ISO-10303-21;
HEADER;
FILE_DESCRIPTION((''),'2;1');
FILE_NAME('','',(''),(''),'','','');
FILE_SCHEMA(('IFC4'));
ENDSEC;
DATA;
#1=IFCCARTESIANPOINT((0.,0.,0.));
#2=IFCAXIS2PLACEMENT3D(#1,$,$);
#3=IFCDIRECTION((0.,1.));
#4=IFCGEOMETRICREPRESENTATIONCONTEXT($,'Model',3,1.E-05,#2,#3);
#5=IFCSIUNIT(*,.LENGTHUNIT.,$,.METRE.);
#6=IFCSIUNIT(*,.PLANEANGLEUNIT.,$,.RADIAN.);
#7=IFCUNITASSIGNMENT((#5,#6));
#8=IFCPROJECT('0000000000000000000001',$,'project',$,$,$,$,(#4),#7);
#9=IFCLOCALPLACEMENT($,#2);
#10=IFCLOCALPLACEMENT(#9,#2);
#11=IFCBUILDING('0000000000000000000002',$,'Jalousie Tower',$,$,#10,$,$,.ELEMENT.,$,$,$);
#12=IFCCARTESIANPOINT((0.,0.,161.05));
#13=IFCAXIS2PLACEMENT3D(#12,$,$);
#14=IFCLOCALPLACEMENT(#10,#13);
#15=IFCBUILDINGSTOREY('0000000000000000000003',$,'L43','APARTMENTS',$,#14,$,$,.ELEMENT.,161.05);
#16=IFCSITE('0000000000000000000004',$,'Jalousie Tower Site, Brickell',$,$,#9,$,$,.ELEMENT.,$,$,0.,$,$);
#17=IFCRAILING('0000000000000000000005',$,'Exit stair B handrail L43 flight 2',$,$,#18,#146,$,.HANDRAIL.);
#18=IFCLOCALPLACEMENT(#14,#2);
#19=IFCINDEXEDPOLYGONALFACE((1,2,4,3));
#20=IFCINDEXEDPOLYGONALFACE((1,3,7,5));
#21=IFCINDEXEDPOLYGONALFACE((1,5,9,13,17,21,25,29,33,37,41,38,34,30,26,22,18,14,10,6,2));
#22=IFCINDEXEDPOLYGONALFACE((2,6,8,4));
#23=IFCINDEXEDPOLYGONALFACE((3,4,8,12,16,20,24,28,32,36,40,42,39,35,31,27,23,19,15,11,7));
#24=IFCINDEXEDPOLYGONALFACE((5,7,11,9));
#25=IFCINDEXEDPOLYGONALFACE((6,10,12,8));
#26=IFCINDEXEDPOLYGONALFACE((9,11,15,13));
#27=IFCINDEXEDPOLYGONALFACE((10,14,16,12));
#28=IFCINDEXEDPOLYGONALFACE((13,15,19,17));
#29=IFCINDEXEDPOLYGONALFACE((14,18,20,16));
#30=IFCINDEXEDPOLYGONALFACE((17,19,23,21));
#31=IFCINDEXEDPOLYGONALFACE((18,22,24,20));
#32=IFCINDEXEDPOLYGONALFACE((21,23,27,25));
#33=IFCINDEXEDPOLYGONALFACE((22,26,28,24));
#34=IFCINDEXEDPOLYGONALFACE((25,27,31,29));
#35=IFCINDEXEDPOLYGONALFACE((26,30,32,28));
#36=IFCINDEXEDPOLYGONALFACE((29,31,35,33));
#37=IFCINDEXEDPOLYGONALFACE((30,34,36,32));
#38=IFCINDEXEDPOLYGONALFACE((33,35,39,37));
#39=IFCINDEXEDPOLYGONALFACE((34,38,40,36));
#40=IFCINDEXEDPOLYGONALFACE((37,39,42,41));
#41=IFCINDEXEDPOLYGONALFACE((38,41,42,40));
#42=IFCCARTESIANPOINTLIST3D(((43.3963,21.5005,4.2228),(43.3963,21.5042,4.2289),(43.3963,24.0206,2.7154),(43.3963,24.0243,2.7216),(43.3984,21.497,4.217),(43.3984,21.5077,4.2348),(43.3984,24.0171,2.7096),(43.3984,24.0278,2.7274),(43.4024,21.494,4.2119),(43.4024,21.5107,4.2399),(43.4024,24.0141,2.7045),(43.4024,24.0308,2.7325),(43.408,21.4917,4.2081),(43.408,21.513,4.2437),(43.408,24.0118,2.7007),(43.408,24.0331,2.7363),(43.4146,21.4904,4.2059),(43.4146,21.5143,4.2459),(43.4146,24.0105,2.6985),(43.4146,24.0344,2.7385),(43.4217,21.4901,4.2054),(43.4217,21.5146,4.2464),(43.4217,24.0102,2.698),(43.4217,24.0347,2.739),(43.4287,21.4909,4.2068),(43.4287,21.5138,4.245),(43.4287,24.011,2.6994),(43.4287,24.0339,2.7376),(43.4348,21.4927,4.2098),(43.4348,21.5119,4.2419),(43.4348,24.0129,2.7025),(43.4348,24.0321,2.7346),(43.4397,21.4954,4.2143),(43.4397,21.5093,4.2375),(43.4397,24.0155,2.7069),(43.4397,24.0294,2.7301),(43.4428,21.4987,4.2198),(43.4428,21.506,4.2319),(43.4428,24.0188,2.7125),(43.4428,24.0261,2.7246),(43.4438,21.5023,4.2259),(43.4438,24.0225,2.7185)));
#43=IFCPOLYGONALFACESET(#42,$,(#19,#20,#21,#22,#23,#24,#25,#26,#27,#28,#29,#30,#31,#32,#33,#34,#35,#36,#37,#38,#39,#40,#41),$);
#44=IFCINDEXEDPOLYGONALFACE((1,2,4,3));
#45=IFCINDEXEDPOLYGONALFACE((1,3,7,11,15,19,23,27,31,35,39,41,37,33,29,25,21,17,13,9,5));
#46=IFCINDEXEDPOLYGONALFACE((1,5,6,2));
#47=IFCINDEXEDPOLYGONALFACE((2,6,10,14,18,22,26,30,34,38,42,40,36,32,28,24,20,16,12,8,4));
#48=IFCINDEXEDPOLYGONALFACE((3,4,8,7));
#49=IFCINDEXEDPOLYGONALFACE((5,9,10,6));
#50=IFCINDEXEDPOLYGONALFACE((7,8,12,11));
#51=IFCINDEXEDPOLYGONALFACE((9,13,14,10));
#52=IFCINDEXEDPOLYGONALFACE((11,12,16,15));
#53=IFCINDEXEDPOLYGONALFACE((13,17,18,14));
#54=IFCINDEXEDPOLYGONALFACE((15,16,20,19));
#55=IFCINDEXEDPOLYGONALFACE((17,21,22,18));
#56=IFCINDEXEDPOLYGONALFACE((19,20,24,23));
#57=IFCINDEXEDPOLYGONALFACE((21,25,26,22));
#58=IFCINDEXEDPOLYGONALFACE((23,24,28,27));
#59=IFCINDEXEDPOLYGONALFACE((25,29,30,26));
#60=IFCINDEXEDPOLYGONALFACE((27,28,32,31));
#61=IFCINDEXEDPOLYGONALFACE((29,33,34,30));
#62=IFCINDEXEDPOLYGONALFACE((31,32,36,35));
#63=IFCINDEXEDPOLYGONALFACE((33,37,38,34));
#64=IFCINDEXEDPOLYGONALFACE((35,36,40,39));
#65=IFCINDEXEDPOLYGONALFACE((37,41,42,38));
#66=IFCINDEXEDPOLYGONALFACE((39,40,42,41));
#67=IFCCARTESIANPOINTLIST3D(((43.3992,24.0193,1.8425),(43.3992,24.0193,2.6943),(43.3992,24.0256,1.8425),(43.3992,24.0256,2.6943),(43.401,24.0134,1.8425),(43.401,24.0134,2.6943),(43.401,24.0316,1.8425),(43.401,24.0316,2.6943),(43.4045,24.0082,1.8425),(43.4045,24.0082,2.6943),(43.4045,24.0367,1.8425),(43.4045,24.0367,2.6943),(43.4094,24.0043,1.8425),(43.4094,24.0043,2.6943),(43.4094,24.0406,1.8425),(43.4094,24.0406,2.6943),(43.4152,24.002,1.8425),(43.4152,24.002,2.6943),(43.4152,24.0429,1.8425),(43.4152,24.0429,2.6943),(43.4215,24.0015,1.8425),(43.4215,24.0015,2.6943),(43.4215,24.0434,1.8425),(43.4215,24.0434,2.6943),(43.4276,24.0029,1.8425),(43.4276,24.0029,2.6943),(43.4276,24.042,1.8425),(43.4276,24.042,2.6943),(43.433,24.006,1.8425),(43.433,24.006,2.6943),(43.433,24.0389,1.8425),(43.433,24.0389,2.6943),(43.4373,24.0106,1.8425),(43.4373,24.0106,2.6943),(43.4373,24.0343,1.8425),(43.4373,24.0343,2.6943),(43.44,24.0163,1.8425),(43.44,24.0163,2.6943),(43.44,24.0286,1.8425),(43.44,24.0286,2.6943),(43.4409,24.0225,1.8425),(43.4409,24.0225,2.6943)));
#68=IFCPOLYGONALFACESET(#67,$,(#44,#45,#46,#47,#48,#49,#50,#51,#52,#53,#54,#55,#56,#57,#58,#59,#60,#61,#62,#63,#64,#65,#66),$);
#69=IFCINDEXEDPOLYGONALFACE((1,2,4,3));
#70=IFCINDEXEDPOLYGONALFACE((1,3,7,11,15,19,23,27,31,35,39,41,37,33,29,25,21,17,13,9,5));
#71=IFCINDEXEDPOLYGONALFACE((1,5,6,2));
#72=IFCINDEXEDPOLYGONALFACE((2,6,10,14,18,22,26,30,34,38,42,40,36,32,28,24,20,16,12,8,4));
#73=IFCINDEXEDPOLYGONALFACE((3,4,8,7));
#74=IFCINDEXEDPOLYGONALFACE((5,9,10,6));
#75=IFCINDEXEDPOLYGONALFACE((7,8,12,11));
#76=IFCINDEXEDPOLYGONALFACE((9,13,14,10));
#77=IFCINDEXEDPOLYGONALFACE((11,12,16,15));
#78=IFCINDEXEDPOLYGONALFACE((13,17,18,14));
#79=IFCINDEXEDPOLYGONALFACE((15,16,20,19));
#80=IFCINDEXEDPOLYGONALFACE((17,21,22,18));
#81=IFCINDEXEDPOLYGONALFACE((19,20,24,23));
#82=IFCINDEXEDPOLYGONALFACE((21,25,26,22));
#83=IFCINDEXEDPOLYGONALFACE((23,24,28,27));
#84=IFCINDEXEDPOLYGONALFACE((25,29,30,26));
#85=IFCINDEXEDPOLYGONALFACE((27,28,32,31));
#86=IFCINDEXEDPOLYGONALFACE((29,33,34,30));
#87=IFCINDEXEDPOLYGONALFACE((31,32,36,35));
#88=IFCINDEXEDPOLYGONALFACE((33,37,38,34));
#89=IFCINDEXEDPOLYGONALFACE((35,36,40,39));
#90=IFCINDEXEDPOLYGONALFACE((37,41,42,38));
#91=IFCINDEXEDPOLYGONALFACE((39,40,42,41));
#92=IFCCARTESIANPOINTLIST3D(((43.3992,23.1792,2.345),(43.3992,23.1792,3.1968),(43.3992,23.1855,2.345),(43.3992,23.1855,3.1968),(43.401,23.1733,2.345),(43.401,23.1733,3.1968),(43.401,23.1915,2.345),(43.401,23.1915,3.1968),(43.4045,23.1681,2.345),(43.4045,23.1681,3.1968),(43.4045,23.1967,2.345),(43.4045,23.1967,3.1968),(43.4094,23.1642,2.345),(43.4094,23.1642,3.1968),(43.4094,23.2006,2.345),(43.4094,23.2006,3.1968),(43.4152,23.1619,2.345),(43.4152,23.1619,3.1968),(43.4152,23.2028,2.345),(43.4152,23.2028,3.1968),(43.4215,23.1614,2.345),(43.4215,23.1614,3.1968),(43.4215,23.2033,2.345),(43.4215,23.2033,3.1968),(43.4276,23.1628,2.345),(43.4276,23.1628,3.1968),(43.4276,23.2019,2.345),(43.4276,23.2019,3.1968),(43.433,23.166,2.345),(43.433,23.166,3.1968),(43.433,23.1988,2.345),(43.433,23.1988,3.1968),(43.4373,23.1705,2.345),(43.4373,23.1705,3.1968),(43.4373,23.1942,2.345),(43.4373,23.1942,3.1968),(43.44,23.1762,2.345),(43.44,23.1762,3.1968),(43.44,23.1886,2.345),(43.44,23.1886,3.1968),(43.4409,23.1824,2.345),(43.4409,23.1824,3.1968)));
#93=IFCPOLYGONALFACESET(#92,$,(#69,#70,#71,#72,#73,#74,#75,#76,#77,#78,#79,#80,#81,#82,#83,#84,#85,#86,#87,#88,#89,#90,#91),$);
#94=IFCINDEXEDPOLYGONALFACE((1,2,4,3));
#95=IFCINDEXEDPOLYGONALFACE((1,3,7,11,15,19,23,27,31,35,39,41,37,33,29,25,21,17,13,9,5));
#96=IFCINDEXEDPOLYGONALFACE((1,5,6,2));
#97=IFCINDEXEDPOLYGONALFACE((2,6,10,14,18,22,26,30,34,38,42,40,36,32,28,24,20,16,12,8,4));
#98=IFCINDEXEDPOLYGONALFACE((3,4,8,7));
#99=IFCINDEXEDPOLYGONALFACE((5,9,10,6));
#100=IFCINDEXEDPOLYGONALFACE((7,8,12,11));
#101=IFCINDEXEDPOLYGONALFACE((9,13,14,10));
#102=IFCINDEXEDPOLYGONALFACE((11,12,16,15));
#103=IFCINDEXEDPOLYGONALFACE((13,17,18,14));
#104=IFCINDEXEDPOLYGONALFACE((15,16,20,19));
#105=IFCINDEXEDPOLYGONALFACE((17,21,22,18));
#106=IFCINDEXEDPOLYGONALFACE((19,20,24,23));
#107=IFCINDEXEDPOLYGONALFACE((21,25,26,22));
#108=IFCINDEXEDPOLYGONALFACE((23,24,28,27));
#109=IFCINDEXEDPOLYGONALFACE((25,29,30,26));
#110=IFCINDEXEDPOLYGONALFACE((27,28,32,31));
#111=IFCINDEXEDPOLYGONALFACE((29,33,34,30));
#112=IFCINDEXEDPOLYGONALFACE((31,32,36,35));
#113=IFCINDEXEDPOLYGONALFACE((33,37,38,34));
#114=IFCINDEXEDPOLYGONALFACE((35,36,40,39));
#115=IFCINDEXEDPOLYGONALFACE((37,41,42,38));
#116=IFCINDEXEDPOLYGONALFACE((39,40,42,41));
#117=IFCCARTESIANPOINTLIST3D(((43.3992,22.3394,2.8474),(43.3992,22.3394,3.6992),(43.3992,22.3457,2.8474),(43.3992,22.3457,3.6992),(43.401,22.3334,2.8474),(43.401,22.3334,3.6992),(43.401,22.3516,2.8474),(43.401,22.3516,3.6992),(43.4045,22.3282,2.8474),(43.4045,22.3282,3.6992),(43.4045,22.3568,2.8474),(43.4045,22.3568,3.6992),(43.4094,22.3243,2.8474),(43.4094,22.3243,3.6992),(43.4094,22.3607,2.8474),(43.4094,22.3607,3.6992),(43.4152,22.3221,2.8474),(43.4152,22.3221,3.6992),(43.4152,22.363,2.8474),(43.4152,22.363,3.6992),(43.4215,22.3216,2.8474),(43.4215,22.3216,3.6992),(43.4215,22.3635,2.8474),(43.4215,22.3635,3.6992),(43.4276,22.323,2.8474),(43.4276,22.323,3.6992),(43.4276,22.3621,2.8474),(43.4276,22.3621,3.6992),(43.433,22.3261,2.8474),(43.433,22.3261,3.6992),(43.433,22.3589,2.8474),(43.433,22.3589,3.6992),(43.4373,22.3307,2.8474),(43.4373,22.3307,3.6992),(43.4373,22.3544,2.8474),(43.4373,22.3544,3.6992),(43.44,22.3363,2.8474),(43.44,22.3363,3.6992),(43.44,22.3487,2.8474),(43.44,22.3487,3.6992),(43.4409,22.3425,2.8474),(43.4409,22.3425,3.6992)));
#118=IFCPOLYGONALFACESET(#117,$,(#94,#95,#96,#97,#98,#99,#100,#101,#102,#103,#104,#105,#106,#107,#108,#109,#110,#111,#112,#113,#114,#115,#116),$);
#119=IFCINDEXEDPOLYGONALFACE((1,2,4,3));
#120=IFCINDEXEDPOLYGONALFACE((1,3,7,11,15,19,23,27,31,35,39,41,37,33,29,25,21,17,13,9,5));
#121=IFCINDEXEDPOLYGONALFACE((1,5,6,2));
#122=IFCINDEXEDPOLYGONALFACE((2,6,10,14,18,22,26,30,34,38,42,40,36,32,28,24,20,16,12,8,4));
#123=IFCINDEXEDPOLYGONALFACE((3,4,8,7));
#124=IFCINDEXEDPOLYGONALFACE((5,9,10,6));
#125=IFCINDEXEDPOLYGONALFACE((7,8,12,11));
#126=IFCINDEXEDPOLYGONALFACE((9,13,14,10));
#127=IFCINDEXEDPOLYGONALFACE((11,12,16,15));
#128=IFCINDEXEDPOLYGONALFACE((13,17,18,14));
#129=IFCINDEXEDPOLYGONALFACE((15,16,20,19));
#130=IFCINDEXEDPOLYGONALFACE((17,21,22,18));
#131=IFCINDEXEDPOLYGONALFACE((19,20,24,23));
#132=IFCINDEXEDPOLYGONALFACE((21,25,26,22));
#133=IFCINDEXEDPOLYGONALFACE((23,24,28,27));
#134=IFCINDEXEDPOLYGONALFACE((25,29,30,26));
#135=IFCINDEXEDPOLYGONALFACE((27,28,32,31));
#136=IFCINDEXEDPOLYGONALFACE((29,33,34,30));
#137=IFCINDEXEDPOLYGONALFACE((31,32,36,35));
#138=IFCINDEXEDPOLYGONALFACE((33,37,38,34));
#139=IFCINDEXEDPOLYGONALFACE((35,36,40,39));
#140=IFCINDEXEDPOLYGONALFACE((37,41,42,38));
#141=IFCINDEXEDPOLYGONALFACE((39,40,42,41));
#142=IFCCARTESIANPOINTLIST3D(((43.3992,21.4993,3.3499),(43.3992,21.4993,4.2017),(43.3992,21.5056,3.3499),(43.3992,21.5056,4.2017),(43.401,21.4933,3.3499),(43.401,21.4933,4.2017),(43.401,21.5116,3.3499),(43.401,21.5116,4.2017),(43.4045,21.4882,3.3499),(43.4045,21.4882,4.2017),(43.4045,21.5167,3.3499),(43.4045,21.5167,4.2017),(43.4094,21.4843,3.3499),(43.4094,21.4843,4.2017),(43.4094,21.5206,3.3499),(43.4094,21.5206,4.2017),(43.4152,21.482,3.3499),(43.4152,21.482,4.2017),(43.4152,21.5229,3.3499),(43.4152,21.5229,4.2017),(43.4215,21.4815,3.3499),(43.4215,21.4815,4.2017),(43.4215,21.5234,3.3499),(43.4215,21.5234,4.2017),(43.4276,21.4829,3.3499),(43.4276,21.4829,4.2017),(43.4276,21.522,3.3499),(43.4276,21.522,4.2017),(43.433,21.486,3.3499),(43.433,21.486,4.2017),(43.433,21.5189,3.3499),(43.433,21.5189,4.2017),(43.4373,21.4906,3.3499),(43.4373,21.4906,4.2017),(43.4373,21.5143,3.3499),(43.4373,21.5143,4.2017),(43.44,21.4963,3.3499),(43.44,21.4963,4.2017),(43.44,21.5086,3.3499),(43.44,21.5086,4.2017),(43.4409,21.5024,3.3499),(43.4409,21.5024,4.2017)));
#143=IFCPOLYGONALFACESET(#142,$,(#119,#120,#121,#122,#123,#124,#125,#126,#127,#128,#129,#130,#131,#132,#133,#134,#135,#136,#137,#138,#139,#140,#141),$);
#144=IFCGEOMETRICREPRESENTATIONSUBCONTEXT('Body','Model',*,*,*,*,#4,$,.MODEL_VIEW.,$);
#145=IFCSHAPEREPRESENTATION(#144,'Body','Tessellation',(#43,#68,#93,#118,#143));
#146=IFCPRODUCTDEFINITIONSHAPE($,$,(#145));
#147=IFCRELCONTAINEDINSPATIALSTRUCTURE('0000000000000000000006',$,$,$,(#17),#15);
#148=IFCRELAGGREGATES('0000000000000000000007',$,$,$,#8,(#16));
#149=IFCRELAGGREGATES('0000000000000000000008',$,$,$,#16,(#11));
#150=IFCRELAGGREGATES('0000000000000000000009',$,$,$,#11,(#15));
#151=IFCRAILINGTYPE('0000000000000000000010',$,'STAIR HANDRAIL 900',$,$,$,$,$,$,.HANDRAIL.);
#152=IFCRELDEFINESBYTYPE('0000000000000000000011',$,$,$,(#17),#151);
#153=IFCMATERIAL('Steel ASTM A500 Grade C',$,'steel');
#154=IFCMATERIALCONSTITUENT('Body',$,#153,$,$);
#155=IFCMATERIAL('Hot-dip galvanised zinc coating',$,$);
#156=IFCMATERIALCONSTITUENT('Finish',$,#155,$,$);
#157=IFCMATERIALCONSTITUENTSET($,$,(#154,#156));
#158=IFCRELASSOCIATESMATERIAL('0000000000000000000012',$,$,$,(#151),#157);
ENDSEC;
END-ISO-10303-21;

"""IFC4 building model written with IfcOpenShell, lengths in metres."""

from ifc_helpers import new_model, si_unit, direction, frame, origin, origin_2d, place, context, subcontext, project, spatial, circle, extrude, material, constituent, constituent_set, type_object, element, save


model = new_model("IFC4")

# Units and contexts
model_context = context("Model", 3, precision=1e-05, world=origin(), true_north=direction((0.0, 1.0)))
body_context = subcontext(model_context, "Body", "Model", "MODEL_VIEW")
ifc_project = project(units=[si_unit("LENGTHUNIT", "METRE"), si_unit("PLANEANGLEUNIT", "RADIAN")], contexts=[model_context])

# Site, building, storey
site_placement = place(None, origin())
site = spatial("IfcSite", under=ifc_project, at=site_placement, Name="Jalousie Tower Site, Brickell", CompositionType="ELEMENT", RefElevation=0.0)
building_placement = place(site_placement, origin())
building = spatial("IfcBuilding", under=site, at=building_placement, Name="Jalousie Tower", CompositionType="ELEMENT")
storey_placement = place(building_placement, frame((0.0, 0.0, 161.05)))
storey = spatial("IfcBuildingStorey", under=building, at=storey_placement, Name="L43", Description="APARTMENTS", CompositionType="ELEMENT", Elevation=161.05)

# Railing
ifc_material_1 = material(Name="Steel ASTM A500 Grade C", Category="steel")
ifc_constituent_1 = constituent(ifc_material_1, Name="Body")
ifc_material_2 = material(Name="Hot-dip galvanised zinc coating")
ifc_constituent_2 = constituent(ifc_material_2, Name="Finish")
ifc_constituent_set_1 = constituent_set(constituents=[ifc_constituent_1, ifc_constituent_2])
railing_type = type_object("IfcRailingType", Name="STAIR HANDRAIL 900", PredefinedType="HANDRAIL", material=ifc_constituent_set_1)
railing_placement = place(storey_placement, frame((43.4199, 24.0225, 1.8425)))
element("IfcRailing", 1, at=railing_placement, inside=storey, type_object=railing_type, Name="Exit stair B handrail L43 flight 2", PredefinedType="HANDRAIL", context=body_context, shape_type="SweptSolid", body=[
    extrude(circle(Radius=0.0239, at=origin_2d()), frame((0.0, 0.0, 0.876), z_axis=(0.0, -0.858196, 0.513321), x_axis=(1.0, 0.0, 0.0)), (0.0, 0.0, 1.0), 2.9365),
    extrude(circle(Radius=0.021, at=origin_2d()), origin(), (0.0, 0.0, 1.0), 0.8518),
    extrude(circle(Radius=0.021, at=origin_2d()), frame((0.0, -0.8401, 0.5024)), (0.0, 0.0, 1.0), 0.8518),
    extrude(circle(Radius=0.021, at=origin_2d()), frame((0.0, -1.6799, 1.0049)), (0.0, 0.0, 1.0), 0.8518),
    extrude(circle(Radius=0.021, at=origin_2d()), frame((0.0, -2.52, 1.5073)), (0.0, 0.0, 1.0), 0.8518),
])

save(model, "model.ifc")
